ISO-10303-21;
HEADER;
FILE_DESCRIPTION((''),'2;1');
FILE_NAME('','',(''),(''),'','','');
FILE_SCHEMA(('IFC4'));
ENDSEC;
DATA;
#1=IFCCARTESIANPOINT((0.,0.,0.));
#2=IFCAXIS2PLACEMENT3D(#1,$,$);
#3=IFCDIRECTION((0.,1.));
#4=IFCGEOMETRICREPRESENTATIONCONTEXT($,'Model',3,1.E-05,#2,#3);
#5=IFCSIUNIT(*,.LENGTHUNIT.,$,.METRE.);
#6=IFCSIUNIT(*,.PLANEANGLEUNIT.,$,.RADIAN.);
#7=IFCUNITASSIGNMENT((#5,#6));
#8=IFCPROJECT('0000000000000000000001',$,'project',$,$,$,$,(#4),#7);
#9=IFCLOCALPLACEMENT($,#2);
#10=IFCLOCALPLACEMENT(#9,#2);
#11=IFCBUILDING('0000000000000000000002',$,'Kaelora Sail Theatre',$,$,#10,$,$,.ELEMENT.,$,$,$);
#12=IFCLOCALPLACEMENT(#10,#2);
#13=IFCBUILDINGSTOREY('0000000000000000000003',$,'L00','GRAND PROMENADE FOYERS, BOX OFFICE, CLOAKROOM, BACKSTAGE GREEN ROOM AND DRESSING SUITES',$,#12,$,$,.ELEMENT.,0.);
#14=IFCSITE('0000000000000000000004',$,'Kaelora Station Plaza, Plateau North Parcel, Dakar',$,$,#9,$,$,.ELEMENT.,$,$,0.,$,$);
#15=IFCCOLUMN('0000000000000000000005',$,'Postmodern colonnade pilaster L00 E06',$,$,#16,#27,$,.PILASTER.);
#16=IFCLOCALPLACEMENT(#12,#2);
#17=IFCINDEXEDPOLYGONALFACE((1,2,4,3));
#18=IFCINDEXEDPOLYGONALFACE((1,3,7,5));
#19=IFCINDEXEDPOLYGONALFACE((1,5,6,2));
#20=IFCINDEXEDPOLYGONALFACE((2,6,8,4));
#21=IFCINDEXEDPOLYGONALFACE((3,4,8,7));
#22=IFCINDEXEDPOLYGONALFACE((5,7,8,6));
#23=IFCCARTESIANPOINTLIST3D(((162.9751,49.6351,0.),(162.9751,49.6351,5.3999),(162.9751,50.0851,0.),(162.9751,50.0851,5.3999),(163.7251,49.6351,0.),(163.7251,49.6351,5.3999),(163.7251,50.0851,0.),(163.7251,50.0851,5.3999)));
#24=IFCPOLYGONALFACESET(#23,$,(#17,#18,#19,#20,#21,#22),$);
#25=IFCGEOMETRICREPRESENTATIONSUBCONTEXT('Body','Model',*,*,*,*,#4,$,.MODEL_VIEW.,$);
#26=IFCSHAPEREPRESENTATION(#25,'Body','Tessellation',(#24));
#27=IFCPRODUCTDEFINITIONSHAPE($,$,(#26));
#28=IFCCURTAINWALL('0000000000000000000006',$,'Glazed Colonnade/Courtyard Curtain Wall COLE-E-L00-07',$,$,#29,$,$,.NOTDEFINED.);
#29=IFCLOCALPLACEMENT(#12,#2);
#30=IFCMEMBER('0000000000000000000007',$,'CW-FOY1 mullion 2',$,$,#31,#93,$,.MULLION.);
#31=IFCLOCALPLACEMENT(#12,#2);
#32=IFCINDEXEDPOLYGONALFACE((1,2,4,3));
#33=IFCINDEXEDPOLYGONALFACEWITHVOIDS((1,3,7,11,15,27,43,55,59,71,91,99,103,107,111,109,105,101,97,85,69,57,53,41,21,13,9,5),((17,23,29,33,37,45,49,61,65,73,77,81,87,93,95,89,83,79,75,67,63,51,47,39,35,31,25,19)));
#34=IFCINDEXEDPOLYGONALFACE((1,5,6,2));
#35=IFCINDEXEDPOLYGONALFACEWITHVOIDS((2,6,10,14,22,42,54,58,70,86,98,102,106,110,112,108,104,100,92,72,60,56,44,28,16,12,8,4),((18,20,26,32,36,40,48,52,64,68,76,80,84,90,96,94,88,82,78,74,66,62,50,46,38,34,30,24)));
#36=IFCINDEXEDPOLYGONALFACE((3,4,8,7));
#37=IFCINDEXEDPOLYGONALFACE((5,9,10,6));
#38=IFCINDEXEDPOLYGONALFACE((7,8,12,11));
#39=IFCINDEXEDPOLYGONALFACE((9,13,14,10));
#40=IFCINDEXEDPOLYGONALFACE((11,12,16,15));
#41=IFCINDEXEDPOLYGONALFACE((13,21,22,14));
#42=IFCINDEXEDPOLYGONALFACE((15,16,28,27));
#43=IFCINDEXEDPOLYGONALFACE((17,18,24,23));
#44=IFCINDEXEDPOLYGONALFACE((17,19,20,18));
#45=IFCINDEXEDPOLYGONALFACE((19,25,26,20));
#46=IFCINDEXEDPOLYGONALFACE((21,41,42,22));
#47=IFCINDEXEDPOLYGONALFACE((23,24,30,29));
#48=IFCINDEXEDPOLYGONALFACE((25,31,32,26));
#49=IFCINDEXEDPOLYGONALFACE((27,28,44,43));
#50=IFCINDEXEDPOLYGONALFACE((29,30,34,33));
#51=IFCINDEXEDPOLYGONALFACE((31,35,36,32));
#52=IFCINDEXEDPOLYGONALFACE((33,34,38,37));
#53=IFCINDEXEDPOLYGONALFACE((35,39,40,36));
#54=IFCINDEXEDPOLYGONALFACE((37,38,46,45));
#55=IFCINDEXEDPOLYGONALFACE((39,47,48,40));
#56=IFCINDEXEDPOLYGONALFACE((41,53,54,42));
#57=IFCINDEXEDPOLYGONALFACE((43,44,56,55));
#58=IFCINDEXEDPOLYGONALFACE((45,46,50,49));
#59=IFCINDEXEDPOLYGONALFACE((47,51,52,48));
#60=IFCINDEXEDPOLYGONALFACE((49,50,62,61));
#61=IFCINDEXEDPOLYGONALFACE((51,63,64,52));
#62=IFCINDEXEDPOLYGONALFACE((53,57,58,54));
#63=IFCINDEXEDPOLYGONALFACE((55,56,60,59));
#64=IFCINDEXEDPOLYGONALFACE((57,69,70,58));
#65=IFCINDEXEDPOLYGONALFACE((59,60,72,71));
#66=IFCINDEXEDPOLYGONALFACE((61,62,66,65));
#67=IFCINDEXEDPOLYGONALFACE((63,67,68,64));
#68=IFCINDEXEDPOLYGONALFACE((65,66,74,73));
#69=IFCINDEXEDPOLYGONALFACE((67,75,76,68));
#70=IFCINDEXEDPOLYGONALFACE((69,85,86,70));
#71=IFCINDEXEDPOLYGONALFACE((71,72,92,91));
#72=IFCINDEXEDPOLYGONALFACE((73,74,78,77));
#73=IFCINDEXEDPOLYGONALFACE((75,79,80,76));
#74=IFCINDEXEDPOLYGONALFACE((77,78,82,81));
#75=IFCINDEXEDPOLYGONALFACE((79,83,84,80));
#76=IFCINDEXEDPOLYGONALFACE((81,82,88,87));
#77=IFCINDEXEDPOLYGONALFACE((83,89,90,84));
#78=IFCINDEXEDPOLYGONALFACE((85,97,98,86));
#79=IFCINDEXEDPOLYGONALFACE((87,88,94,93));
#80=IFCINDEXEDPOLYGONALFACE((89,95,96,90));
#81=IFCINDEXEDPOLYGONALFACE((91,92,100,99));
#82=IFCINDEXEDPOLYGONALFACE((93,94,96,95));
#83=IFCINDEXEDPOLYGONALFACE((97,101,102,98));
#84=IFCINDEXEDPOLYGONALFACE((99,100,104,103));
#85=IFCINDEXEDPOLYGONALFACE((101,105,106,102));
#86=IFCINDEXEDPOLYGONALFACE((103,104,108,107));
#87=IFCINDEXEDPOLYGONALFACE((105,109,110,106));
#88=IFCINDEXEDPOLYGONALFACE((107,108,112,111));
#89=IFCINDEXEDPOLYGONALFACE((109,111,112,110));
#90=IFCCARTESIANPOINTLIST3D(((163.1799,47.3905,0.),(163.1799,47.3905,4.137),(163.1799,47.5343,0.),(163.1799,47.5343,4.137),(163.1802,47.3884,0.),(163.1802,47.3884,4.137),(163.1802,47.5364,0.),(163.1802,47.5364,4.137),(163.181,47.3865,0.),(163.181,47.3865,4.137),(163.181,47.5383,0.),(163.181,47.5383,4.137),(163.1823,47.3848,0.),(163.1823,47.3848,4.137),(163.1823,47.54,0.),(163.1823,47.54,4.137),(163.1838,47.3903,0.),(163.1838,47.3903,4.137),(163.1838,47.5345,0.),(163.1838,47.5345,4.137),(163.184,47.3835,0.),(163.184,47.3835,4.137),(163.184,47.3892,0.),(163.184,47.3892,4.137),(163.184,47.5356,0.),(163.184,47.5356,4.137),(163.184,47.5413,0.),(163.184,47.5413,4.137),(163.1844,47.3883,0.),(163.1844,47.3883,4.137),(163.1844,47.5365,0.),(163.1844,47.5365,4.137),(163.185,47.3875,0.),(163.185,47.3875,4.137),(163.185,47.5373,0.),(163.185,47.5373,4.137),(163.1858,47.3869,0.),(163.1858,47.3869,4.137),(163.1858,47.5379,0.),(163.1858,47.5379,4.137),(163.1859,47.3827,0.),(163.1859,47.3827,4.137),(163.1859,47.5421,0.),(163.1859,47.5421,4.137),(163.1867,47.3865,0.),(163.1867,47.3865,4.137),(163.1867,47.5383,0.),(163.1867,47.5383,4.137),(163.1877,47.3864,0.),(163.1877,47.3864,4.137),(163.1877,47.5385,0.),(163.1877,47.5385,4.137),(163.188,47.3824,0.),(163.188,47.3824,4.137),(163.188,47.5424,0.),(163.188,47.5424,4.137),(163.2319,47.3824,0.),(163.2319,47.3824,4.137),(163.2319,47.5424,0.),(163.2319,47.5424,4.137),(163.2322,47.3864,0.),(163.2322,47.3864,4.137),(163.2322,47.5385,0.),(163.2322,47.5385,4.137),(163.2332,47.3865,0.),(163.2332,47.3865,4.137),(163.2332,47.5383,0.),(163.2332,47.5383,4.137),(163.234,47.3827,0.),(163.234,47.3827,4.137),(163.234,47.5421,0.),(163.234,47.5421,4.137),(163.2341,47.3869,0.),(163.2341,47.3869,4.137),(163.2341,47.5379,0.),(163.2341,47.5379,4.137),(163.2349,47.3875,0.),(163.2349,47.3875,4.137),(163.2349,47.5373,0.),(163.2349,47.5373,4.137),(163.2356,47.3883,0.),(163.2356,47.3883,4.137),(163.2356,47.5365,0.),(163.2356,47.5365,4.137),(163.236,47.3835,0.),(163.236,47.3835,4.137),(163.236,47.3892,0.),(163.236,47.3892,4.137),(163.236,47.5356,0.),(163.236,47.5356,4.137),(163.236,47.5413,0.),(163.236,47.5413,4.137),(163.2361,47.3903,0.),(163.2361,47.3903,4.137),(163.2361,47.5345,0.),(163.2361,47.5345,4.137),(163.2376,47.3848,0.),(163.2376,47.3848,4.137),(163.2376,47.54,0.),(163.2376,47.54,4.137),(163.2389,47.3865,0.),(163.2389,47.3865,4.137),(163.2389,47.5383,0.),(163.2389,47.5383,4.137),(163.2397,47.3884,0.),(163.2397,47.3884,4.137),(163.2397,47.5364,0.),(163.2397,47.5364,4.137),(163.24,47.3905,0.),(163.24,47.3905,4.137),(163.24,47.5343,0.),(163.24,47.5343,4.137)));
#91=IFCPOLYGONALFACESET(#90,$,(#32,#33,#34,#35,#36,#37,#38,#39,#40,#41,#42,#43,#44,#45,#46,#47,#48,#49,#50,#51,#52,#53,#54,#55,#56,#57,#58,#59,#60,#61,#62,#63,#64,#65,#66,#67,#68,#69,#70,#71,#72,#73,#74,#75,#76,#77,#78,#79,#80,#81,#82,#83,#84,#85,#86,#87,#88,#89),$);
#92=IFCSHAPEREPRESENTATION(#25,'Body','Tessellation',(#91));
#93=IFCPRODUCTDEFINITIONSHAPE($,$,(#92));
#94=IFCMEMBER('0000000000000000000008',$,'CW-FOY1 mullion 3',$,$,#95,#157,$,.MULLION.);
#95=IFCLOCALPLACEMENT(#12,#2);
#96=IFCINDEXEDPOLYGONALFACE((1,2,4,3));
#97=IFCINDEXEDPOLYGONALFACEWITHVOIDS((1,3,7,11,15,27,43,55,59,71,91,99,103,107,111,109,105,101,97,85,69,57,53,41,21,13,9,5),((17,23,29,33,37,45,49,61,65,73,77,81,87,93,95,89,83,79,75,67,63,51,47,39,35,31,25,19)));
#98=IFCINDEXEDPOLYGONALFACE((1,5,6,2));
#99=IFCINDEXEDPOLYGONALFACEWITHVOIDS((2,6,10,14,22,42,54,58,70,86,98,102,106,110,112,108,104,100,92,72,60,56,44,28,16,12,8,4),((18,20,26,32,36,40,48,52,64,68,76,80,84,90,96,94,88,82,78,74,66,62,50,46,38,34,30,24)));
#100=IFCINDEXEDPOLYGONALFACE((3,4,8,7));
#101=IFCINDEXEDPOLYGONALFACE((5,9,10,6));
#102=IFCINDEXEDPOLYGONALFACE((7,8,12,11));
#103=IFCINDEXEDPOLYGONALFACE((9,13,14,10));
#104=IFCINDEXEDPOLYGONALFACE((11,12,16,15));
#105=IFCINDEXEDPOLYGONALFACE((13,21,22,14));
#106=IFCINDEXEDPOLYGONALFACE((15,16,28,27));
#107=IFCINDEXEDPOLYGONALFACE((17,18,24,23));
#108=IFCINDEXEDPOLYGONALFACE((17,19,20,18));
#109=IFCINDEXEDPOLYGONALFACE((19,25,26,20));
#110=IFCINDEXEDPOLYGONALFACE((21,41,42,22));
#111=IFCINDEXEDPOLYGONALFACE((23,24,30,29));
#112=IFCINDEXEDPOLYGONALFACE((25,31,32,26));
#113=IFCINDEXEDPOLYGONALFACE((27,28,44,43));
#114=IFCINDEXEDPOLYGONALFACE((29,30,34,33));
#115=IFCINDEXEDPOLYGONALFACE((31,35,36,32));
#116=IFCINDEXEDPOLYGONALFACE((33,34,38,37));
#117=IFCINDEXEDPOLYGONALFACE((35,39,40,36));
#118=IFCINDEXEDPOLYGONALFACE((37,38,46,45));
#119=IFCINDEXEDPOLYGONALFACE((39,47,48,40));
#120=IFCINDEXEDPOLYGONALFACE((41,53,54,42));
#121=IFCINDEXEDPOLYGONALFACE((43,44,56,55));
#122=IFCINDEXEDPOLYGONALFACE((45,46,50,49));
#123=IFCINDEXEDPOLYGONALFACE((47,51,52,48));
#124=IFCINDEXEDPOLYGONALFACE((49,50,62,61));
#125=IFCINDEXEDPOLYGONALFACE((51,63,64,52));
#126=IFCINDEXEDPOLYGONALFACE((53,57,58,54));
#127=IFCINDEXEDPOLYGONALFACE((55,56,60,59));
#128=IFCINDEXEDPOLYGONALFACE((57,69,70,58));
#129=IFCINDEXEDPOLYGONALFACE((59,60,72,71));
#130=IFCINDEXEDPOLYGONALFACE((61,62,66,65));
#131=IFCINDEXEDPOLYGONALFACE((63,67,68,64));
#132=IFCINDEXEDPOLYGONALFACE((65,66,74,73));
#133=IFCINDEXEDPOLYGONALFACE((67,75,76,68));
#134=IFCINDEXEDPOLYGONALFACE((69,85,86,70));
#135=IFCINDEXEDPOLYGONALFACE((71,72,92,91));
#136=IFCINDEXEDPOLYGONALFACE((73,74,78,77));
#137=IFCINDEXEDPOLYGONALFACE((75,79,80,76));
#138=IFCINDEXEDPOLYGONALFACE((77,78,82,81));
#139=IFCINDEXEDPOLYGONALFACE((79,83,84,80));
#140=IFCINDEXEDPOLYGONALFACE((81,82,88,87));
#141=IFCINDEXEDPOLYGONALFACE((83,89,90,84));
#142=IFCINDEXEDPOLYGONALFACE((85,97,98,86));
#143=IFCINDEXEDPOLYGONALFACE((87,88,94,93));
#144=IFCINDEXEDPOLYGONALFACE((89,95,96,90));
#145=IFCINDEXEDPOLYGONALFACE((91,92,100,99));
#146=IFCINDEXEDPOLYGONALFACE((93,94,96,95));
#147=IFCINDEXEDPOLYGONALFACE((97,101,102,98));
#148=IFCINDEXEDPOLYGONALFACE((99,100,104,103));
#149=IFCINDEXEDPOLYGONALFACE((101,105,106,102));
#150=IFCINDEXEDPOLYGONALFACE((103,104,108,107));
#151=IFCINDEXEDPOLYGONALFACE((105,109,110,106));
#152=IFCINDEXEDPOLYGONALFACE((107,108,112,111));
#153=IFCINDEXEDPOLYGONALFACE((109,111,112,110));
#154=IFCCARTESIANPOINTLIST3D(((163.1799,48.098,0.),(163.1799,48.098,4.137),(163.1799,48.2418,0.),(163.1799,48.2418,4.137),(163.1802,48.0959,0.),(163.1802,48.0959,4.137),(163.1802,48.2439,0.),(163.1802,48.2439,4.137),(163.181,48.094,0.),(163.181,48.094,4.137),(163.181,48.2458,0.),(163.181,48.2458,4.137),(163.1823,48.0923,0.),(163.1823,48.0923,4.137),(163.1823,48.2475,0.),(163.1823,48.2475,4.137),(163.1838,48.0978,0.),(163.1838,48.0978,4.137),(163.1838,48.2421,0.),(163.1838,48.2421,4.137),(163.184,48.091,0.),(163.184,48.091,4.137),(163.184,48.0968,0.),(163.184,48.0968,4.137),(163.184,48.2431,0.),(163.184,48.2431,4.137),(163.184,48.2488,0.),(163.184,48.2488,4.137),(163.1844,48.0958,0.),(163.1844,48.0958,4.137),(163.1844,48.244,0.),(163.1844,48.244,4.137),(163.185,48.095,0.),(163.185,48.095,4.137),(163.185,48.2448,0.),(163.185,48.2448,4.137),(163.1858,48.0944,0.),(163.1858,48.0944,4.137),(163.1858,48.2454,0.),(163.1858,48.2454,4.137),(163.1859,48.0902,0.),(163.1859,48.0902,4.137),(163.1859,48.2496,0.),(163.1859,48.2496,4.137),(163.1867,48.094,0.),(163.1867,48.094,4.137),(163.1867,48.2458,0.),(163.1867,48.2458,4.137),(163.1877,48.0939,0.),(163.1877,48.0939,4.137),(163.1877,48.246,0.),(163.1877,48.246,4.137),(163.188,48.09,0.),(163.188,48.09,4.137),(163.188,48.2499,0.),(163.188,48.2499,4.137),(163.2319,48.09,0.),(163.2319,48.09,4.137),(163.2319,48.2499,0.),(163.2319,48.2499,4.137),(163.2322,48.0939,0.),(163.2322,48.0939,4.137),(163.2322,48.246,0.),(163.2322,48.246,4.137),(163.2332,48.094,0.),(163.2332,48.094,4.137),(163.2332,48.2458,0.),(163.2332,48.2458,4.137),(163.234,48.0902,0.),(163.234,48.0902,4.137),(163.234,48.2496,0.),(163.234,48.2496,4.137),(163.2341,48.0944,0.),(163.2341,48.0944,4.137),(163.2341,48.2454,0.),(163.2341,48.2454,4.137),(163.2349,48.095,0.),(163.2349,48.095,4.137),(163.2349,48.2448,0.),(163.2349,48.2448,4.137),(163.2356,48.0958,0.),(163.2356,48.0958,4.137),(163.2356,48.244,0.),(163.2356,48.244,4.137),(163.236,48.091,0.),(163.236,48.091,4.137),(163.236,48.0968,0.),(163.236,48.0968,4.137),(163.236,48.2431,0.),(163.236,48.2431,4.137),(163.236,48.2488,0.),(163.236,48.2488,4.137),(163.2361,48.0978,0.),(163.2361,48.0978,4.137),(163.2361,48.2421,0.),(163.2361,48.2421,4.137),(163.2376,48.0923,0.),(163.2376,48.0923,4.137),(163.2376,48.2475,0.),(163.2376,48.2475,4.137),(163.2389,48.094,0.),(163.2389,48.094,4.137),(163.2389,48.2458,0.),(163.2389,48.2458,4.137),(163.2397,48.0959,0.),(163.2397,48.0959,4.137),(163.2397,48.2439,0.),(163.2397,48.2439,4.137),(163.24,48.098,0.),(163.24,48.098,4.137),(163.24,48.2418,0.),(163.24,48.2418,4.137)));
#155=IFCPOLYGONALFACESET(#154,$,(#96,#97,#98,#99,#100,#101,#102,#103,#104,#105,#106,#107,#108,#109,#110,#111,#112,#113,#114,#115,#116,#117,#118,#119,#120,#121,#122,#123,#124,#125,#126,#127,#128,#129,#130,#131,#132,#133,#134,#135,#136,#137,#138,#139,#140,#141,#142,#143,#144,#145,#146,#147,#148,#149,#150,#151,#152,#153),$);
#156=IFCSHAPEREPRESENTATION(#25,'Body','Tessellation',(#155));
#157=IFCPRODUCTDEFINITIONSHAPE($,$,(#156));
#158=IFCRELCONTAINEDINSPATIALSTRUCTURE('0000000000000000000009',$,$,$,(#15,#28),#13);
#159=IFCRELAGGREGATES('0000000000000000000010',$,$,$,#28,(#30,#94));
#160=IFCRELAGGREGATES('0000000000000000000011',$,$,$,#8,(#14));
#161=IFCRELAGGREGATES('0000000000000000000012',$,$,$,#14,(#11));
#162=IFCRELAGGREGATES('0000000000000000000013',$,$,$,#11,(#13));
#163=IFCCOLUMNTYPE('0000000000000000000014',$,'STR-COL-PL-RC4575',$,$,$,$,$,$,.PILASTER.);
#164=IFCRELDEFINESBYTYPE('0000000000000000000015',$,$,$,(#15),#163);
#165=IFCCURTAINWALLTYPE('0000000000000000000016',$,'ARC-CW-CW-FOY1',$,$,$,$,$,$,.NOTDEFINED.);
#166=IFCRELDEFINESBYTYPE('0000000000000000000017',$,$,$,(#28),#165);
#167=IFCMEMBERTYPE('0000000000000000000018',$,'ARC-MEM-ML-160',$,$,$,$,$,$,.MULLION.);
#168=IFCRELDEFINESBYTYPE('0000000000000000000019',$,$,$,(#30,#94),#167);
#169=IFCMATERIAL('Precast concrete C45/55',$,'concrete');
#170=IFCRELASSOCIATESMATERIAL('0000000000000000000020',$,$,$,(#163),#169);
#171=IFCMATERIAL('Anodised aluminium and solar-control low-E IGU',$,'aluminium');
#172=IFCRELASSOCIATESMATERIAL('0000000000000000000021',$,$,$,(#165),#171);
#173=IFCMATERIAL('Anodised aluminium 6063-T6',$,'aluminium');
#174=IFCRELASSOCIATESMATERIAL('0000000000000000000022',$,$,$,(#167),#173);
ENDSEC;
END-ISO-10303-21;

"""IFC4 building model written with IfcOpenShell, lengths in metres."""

from ifc_helpers import new_model, si_unit, direction, frame, origin, origin_2d, place, context, subcontext, project, spatial, rectangle, hollow_rectangle, extrude, material, material_profile, profile_set, type_object, element, aggregate, save


model = new_model("IFC4")

# Units and contexts
model_context = context("Model", 3, precision=1e-05, world=origin(), true_north=direction((0.0, 1.0)))
body_context = subcontext(model_context, "Body", "Model", "MODEL_VIEW")
ifc_project = project(units=[si_unit("LENGTHUNIT", "METRE"), si_unit("PLANEANGLEUNIT", "RADIAN")], contexts=[model_context])

# Site, building, storey
site_placement = place(None, origin())
site = spatial("IfcSite", under=ifc_project, at=site_placement, Name="Kaelora Station Plaza, Plateau North Parcel, Dakar", CompositionType="ELEMENT", RefElevation=0.0)
building_placement = place(site_placement, origin())
building = spatial("IfcBuilding", under=site, at=building_placement, Name="Kaelora Sail Theatre", CompositionType="ELEMENT")
storey_placement = place(building_placement, origin())
storey = spatial("IfcBuildingStorey", under=building, at=storey_placement, Name="L00", Description="GRAND PROMENADE FOYERS, BOX OFFICE, CLOAKROOM, BACKSTAGE GREEN ROOM AND DRESSING SUITES", CompositionType="ELEMENT", Elevation=0.0)

# Column
ifc_material_1 = material(Name="Precast concrete C45/55", Category="concrete")
ifc_material_profile_1 = material_profile(ifc_material_1, rectangle(XDim=0.45, YDim=0.75, at=origin_2d()), Name="RC-PIL 450x750")
ifc_profile_set_1 = profile_set([ifc_material_profile_1], Name="Precast concrete C45/55")
column_type = type_object("IfcColumnType", Name="STR-COL-PL-RC4575", PredefinedType="PILASTER", material=ifc_profile_set_1)
column_placement = place(storey_placement, frame((163.3501, 49.8601, 0.0), z_axis=(0.0, 0.0, 1.0), x_axis=(0.0, 1.0, 0.0)))
element("IfcColumn", 1, at=column_placement, inside=storey, type_object=column_type, Name="Postmodern colonnade pilaster L00 E06", PredefinedType="PILASTER", context=body_context, shape_type="SweptSolid", body=[
    extrude(rectangle(XDim=0.45, YDim=0.75, at=origin_2d()), origin(), (0.0, 0.0, 1.0), 5.3999),
])

# Curtain wall, members
ifc_material_2 = material(Name="Anodised aluminium and solar-control low-E IGU", Category="aluminium")
curtain_wall_type = type_object("IfcCurtainWallType", Name="ARC-CW-CW-FOY1", PredefinedType="NOTDEFINED", material=ifc_material_2)
curtain_wall_1_placement = place(storey_placement, origin())
curtain_wall_1 = element("IfcCurtainWall", 2, at=curtain_wall_1_placement, inside=storey, type_object=curtain_wall_type, Name="Glazed Colonnade/Courtyard Curtain Wall COLE-E-L00-07", PredefinedType="NOTDEFINED")
ifc_material_3 = material(Name="Anodised aluminium 6063-T6", Category="aluminium")
ifc_material_profile_2 = material_profile(ifc_material_3, hollow_rectangle(XDim=0.0601, YDim=0.1599, WallThickness=0.0039, InnerFilletRadius=0.0039, OuterFilletRadius=0.0081, at=origin_2d()), Name="ALU-MULL 60x160x4")
ifc_profile_set_2 = profile_set([ifc_material_profile_2], Name="Anodised aluminium 6063-T6")
member_type_1 = type_object("IfcMemberType", Name="ARC-MEM-ML-160", PredefinedType="MULLION", material=ifc_profile_set_2)
member_1_placement = place(storey_placement, frame((163.21, 47.4624, 0.0), z_axis=(0.0, 0.0, 1.0), x_axis=(-1.0, 0.0, 0.0)))
member_1 = element("IfcMember", 3, at=member_1_placement, type_object=member_type_1, Name="CW-FOY1 mullion 2", PredefinedType="MULLION", context=body_context, shape_type="SweptSolid", body=[
    extrude(hollow_rectangle(XDim=0.0601, YDim=0.1599, WallThickness=0.0039, InnerFilletRadius=0.0039, OuterFilletRadius=0.0081, at=origin_2d()), origin(), (0.0, 0.0, 1.0), 4.137),
])
member_2_placement = place(storey_placement, frame((163.21, 48.1699, 0.0), z_axis=(0.0, 0.0, 1.0), x_axis=(-1.0, 0.0, 0.0)))
member_2 = element("IfcMember", 4, at=member_2_placement, type_object=member_type_1, Name="CW-FOY1 mullion 3", PredefinedType="MULLION", context=body_context, shape_type="SweptSolid", body=[
    extrude(hollow_rectangle(XDim=0.0601, YDim=0.1599, WallThickness=0.0039, InnerFilletRadius=0.0039, OuterFilletRadius=0.0081, at=origin_2d()), origin(), (0.0, 0.0, 1.0), 4.137),
])

aggregate(curtain_wall_1, [member_1, member_2])

save(model, "model.ifc")
